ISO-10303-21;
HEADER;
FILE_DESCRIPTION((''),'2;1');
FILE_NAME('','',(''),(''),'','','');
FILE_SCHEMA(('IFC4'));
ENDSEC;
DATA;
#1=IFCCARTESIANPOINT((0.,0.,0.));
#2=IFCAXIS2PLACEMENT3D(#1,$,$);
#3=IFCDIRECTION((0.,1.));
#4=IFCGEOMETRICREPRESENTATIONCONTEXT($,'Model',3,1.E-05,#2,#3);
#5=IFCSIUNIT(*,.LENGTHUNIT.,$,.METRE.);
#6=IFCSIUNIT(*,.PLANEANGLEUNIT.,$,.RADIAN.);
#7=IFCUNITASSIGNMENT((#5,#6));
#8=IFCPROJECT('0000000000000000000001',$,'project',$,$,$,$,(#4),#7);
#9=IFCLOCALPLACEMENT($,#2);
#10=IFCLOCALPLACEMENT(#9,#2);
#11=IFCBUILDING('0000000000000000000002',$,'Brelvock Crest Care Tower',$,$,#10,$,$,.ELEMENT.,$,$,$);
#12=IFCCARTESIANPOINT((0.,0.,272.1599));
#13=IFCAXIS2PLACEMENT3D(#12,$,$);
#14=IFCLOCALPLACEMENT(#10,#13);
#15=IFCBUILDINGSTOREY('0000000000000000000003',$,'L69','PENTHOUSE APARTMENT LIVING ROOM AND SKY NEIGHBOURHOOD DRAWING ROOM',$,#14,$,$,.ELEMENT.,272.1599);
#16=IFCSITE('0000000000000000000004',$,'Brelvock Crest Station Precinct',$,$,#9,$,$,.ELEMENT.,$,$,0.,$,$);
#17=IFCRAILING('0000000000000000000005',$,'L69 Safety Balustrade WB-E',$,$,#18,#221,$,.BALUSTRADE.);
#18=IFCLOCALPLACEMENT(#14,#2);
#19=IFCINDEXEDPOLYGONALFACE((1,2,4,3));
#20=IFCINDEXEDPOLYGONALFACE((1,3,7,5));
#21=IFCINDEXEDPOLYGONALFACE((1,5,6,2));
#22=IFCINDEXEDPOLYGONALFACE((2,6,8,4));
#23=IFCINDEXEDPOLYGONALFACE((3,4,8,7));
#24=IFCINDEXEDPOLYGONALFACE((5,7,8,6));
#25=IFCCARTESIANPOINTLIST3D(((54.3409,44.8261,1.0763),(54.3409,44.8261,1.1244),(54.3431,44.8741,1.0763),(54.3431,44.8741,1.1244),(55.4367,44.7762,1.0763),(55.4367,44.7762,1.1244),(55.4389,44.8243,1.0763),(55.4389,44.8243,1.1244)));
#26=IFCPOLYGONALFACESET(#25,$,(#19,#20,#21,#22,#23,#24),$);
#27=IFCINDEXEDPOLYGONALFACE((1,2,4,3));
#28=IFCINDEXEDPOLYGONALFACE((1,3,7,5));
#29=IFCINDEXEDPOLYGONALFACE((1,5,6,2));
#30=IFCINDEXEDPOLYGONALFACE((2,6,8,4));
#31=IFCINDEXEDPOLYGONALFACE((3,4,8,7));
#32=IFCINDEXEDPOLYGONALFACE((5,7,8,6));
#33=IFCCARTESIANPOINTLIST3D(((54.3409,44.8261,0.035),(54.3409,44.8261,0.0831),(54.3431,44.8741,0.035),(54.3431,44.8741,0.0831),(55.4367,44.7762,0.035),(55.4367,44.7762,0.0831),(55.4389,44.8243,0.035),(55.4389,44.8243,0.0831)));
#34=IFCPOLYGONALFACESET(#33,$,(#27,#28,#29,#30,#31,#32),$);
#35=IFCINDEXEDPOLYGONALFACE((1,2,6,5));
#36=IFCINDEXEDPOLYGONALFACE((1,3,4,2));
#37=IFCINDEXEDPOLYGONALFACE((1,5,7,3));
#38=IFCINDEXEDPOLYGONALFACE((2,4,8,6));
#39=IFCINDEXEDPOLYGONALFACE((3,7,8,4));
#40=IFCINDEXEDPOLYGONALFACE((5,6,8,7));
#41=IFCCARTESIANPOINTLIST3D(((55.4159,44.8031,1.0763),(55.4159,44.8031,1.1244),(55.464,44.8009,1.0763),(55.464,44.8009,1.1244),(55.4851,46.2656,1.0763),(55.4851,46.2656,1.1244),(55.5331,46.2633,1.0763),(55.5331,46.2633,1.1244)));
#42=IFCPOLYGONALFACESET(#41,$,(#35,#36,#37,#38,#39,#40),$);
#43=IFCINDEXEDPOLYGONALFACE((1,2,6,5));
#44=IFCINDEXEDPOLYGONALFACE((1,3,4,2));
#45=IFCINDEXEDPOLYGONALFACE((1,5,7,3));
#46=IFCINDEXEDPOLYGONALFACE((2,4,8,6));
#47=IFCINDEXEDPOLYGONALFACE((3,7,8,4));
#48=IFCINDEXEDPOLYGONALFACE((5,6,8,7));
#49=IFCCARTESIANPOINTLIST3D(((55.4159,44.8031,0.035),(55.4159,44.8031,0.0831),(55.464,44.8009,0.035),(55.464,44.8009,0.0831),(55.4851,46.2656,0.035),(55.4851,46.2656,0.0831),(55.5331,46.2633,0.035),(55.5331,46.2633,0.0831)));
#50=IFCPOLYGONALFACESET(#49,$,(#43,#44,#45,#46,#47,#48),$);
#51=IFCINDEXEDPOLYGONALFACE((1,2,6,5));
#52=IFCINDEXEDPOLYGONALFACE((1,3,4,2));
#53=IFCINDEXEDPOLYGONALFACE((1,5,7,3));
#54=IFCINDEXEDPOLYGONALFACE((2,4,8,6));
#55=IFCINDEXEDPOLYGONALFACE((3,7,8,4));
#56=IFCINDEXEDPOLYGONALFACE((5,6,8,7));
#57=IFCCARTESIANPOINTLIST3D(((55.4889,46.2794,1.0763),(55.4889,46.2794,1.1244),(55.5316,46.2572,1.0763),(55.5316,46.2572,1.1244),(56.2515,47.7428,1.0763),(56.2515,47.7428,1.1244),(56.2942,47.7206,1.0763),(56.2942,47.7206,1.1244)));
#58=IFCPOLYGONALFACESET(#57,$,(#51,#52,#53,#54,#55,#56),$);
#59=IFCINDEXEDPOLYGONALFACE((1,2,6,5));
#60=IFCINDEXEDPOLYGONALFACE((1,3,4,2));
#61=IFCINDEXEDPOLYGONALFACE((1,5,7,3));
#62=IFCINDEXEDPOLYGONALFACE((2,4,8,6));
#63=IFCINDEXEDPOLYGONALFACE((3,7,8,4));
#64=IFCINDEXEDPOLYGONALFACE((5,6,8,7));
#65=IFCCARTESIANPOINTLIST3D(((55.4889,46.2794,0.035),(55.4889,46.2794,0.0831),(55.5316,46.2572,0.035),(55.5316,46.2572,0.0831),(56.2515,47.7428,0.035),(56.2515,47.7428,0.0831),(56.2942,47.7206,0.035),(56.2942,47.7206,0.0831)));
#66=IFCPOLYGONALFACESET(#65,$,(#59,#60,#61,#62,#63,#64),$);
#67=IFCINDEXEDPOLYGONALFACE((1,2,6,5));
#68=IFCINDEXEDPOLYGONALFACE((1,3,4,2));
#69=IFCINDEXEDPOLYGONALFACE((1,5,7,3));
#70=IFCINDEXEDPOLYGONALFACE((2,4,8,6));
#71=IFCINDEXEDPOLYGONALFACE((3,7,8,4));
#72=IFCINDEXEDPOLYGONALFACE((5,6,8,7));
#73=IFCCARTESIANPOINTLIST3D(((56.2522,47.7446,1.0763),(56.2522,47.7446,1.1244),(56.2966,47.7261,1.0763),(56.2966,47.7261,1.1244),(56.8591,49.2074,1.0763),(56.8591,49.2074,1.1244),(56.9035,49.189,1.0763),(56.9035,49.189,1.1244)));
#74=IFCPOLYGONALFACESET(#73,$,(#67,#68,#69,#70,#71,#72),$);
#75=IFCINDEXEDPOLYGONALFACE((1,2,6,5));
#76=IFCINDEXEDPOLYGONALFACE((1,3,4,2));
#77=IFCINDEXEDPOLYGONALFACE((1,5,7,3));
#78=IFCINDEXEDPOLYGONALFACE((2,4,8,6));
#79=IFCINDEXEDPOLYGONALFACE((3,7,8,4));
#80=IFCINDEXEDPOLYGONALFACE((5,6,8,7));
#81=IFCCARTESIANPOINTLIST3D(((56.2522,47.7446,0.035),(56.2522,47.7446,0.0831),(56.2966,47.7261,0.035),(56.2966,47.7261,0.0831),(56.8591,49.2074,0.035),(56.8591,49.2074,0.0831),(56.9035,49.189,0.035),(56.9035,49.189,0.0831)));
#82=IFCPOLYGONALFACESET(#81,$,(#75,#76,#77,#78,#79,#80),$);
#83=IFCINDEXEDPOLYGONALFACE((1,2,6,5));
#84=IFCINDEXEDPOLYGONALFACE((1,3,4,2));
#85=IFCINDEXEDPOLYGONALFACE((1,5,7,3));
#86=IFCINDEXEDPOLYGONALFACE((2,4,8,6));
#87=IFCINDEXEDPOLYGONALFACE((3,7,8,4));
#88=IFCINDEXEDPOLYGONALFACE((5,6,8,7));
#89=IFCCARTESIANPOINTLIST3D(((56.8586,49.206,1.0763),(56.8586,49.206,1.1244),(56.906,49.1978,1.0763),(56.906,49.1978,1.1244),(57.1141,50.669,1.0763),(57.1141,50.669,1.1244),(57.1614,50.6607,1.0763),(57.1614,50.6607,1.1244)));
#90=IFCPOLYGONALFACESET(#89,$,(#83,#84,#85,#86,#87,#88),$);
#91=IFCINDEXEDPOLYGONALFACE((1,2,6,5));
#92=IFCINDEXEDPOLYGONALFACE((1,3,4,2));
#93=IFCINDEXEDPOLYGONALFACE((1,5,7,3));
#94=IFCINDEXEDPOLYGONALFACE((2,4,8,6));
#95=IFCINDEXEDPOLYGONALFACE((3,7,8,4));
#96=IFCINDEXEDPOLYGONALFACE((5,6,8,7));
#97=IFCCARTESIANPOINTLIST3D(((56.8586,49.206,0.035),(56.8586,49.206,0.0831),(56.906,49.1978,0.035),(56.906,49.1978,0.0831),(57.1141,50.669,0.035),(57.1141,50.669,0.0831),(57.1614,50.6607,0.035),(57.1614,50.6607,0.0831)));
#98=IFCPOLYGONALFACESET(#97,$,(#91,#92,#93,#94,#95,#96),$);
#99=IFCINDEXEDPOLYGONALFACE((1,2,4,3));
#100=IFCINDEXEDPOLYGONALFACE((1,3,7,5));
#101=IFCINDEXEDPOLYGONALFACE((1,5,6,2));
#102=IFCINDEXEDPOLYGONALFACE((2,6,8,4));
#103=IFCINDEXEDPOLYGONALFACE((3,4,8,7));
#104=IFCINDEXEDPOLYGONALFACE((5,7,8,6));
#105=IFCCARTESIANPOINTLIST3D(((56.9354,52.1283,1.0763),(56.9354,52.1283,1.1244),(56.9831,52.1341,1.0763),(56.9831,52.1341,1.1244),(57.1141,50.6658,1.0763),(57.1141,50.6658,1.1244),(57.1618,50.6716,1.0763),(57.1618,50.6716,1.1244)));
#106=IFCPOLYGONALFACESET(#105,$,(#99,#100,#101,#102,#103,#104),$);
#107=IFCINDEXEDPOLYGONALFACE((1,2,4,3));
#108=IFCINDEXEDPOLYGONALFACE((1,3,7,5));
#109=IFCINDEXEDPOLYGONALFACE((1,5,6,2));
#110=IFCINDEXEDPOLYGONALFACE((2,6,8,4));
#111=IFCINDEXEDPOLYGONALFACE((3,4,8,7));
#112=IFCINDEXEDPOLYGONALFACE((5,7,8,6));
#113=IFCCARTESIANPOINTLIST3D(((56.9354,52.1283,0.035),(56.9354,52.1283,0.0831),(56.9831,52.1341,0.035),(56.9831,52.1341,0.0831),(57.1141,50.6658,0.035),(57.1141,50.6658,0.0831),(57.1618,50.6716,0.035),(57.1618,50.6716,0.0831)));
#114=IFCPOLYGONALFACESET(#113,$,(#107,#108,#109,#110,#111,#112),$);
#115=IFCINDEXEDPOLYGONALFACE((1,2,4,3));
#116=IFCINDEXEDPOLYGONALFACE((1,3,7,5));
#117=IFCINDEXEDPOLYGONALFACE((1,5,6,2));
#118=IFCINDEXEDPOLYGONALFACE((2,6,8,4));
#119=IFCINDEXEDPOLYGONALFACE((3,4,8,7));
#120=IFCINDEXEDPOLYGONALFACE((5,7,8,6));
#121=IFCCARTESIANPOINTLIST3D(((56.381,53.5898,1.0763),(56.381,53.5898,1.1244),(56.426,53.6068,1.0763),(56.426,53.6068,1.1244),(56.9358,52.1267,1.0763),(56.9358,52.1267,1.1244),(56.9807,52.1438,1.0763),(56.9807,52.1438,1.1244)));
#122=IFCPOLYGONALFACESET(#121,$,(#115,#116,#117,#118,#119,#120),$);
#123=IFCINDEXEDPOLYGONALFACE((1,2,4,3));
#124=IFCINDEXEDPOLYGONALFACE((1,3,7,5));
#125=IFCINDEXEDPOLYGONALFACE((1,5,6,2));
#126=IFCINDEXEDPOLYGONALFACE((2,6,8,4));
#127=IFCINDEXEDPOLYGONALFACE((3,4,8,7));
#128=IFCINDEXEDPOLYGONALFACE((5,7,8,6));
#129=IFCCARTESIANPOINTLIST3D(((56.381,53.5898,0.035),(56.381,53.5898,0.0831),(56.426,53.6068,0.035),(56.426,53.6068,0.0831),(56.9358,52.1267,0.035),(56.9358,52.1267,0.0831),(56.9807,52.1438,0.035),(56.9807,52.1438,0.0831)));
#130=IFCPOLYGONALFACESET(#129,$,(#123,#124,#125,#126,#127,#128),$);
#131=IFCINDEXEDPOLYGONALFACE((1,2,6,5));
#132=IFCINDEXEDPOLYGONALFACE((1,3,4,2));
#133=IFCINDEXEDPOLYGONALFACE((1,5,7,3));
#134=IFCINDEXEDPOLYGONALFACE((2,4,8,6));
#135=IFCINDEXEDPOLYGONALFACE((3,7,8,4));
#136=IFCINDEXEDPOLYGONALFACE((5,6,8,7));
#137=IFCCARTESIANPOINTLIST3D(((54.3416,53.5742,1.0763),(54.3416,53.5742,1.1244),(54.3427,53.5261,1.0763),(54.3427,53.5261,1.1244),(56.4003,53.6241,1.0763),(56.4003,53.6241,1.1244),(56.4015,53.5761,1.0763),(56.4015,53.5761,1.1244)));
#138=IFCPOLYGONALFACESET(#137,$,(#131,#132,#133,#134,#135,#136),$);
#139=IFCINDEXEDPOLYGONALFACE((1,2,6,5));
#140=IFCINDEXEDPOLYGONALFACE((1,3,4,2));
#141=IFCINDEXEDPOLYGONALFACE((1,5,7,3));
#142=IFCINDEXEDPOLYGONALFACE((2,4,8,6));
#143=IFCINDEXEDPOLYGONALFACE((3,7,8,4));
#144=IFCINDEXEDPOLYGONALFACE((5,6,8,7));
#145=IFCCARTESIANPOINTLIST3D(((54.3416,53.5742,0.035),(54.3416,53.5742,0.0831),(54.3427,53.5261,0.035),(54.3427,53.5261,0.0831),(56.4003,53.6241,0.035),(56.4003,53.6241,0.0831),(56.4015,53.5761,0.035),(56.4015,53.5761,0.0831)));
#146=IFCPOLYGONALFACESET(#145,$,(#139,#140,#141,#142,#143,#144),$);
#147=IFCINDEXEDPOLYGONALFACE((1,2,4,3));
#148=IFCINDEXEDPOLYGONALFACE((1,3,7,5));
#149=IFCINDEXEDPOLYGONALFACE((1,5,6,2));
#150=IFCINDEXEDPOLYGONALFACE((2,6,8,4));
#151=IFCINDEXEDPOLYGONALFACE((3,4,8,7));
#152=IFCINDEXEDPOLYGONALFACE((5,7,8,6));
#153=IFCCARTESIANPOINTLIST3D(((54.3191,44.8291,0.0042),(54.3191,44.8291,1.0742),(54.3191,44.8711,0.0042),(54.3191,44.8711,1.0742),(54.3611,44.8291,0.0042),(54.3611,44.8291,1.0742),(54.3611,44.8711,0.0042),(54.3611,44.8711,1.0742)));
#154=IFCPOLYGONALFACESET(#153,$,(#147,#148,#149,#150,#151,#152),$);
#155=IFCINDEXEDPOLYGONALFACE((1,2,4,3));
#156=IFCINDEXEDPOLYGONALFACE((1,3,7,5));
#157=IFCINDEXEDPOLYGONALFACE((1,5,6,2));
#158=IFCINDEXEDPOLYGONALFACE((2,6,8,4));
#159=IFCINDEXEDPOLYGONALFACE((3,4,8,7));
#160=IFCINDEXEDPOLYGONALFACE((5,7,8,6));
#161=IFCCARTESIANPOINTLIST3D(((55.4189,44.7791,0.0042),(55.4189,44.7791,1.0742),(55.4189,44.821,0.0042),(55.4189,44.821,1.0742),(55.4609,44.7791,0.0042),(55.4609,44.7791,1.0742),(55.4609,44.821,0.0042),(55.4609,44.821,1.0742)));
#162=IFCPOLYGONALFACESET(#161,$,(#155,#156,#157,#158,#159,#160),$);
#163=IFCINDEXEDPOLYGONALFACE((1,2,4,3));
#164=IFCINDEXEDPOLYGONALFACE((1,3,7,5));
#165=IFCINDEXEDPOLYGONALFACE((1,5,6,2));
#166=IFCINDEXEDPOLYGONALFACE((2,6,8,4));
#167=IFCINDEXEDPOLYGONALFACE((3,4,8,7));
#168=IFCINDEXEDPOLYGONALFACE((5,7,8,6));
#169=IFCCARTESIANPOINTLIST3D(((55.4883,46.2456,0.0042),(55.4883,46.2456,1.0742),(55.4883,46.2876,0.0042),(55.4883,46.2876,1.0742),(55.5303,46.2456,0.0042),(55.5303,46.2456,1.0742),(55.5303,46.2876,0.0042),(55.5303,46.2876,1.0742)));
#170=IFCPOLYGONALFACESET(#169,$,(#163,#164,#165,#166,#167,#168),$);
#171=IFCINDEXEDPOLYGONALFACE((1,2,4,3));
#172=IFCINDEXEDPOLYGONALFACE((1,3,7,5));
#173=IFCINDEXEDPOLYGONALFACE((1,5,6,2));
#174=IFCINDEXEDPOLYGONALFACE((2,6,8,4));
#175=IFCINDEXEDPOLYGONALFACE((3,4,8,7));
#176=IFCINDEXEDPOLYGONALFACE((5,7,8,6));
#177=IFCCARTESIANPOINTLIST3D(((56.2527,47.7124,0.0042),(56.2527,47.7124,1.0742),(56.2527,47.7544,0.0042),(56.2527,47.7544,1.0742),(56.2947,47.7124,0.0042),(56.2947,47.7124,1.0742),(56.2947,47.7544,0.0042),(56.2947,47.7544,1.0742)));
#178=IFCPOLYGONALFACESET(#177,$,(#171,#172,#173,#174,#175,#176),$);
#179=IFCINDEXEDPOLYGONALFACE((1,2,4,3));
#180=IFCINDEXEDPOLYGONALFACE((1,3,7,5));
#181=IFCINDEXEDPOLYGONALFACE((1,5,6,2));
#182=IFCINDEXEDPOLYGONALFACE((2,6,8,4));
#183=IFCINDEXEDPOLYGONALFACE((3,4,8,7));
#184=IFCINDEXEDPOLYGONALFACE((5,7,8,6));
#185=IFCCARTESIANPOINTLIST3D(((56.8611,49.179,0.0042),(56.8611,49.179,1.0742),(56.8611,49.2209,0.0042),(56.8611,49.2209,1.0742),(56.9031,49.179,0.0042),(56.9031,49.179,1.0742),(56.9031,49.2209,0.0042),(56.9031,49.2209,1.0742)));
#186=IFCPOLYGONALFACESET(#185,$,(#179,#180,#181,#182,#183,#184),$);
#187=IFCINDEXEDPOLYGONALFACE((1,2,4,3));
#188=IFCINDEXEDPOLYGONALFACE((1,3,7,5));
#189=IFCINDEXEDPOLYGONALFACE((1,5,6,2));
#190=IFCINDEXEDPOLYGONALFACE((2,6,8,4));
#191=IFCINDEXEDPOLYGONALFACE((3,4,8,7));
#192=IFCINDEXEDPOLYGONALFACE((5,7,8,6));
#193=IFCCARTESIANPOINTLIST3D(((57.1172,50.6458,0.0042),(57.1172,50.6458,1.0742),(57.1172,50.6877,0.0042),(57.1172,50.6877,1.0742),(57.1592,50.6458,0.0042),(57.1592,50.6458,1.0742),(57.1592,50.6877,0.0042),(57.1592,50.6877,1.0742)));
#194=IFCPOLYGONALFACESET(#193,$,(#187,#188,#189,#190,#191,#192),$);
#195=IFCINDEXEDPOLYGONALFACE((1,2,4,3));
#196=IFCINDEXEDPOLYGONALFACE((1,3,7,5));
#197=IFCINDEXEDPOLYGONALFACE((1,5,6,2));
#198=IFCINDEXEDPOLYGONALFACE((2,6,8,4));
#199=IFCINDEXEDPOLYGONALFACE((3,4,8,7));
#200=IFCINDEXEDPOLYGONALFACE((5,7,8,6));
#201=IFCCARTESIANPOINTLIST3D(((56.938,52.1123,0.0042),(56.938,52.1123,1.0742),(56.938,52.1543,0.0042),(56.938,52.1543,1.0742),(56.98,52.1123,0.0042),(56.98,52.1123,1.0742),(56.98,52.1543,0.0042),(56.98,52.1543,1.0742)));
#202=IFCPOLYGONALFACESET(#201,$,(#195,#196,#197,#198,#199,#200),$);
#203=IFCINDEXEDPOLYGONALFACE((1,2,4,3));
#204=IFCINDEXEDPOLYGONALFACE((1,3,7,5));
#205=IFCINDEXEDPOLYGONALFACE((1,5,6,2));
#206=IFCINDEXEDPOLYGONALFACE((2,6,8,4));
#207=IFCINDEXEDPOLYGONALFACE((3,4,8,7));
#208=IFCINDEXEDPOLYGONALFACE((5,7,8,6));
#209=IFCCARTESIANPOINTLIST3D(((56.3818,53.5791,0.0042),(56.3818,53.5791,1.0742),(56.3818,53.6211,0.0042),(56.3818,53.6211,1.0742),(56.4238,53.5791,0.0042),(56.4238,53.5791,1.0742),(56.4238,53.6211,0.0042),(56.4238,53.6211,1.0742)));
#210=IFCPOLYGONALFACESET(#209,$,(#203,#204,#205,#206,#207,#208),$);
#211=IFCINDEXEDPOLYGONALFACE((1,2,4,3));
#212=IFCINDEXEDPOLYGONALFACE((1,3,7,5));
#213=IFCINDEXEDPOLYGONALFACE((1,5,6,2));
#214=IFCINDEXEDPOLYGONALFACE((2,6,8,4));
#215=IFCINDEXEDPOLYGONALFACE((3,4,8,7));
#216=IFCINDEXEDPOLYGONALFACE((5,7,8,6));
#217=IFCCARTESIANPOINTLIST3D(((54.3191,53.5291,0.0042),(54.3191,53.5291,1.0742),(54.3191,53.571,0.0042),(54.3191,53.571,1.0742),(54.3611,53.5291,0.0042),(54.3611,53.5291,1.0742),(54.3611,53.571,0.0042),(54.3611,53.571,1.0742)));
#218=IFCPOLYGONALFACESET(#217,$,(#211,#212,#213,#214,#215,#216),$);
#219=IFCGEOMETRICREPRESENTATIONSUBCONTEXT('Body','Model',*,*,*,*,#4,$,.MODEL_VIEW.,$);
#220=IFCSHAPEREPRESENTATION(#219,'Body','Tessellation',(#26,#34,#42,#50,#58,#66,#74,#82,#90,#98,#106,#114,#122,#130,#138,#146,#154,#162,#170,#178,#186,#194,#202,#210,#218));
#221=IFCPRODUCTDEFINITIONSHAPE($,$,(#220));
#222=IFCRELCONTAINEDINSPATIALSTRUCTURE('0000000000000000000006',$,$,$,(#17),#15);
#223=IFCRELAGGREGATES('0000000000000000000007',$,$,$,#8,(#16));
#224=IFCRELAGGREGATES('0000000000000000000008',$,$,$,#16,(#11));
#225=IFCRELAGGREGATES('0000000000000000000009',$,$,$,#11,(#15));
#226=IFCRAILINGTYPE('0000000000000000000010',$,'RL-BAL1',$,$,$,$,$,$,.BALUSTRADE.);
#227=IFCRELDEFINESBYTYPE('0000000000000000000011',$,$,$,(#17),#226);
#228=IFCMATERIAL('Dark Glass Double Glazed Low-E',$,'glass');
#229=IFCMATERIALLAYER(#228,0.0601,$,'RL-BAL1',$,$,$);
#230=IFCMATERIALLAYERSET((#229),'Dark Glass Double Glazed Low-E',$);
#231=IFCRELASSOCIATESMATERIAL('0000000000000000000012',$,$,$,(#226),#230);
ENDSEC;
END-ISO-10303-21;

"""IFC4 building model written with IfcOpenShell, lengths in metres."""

from ifc_helpers import new_model, si_unit, direction, frame, origin, origin_2d, place, context, subcontext, project, spatial, rectangle, extrude, material, layer, layer_set, type_object, element, save


model = new_model("IFC4")

# Units and contexts
model_context = context("Model", 3, precision=1e-05, world=origin(), true_north=direction((0.0, 1.0)))
body_context = subcontext(model_context, "Body", "Model", "MODEL_VIEW")
ifc_project = project(units=[si_unit("LENGTHUNIT", "METRE"), si_unit("PLANEANGLEUNIT", "RADIAN")], contexts=[model_context])

# Site, building, storey
site_placement = place(None, origin())
site = spatial("IfcSite", under=ifc_project, at=site_placement, Name="Brelvock Crest Station Precinct", CompositionType="ELEMENT", RefElevation=0.0)
building_placement = place(site_placement, origin())
building = spatial("IfcBuilding", under=site, at=building_placement, Name="Brelvock Crest Care Tower", CompositionType="ELEMENT")
storey_placement = place(building_placement, frame((0.0, 0.0, 272.1599)))
storey = spatial("IfcBuildingStorey", under=building, at=storey_placement, Name="L69", Description="PENTHOUSE APARTMENT LIVING ROOM AND SKY NEIGHBOURHOOD DRAWING ROOM", CompositionType="ELEMENT", Elevation=272.1599)

# Shared definitions
ifc_material_1 = material(Name="Dark Glass Double Glazed Low-E", Category="glass")

# Railing
ifc_layer_1 = layer(ifc_material_1, 0.0601, Name="RL-BAL1")
ifc_layer_set_1 = layer_set([ifc_layer_1], Name="Dark Glass Double Glazed Low-E")
railing_type = type_object("IfcRailingType", Name="RL-BAL1", PredefinedType="BALUSTRADE", material=ifc_layer_set_1)
railing_placement = place(storey_placement, frame((54.3401, 44.8501, 0.0042)))
element("IfcRailing", 1, at=railing_placement, inside=storey, type_object=railing_type, Name="L69 Safety Balustrade WB-E", PredefinedType="BALUSTRADE", context=body_context, shape_type="SweptSolid", body=[
    extrude(rectangle(XDim=0.0481, YDim=0.0481, at=origin_2d()), frame((0.002, 0.0, 1.0962), z_axis=(0.998966, -0.045458, 0.0), x_axis=(0.045458, 0.998966, 0.0)), (0.0, 0.0, 1.0), 1.0969),
    extrude(rectangle(XDim=0.0481, YDim=0.0481, at=origin_2d()), frame((0.002, 0.0, 0.0549), z_axis=(0.998966, -0.045458, 0.0), x_axis=(0.045458, 0.998966, 0.0)), (0.0, 0.0, 1.0), 1.0969),
    extrude(rectangle(XDim=0.0481, YDim=0.0481, at=origin_2d()), frame((1.0999, -0.0481, 1.0962), z_axis=(0.047225, 0.998884, 0.0), x_axis=(-0.998884, 0.047225, 0.0)), (0.0, 0.0, 1.0), 1.4641),
    extrude(rectangle(XDim=0.0481, YDim=0.0481, at=origin_2d()), frame((1.0999, -0.0481, 0.0549), z_axis=(0.047225, 0.998884, 0.0), x_axis=(-0.998884, 0.047225, 0.0)), (0.0, 0.0, 1.0), 1.4641),
    extrude(rectangle(XDim=0.0481, YDim=0.0481, at=origin_2d()), frame((1.1702, 1.4182, 1.0962), z_axis=(0.462147, 0.886803, 0.0), x_axis=(-0.886803, 0.462147, 0.0)), (0.0, 0.0, 1.0), 1.6501),
    extrude(rectangle(XDim=0.0481, YDim=0.0481, at=origin_2d()), frame((1.1702, 1.4182, 0.0549), z_axis=(0.462147, 0.886803, 0.0), x_axis=(-0.886803, 0.462147, 0.0)), (0.0, 0.0, 1.0), 1.6501),
    extrude(rectangle(XDim=0.0481, YDim=0.0481, at=origin_2d()), frame((1.9343, 2.8853, 1.0962), z_axis=(0.383185, 0.923672, 0.0), x_axis=(-0.923672, 0.383185, 0.0)), (0.0, 0.0, 1.0), 1.5837),
    extrude(rectangle(XDim=0.0481, YDim=0.0481, at=origin_2d()), frame((1.9343, 2.8853, 0.0549), z_axis=(0.383185, 0.923672, 0.0), x_axis=(-0.923672, 0.383185, 0.0)), (0.0, 0.0, 1.0), 1.5837),
    extrude(rectangle(XDim=0.0481, YDim=0.0481, at=origin_2d()), frame((2.5422, 4.3518, 1.0962), z_axis=(0.171998, 0.985097, 0.0), x_axis=(-0.985097, 0.171998, 0.0)), (0.0, 0.0, 1.0), 1.4851),
    extrude(rectangle(XDim=0.0481, YDim=0.0481, at=origin_2d()), frame((2.5422, 4.3518, 0.0549), z_axis=(0.171998, 0.985097, 0.0), x_axis=(-0.985097, 0.171998, 0.0)), (0.0, 0.0, 1.0), 1.4851),
    extrude(rectangle(XDim=0.0481, YDim=0.0481, at=origin_2d()), frame((2.7979, 5.8186, 1.0962), z_axis=(-0.121289, 0.992617, 0.0), x_axis=(-0.992617, -0.121289, 0.0)), (0.0, 0.0, 1.0), 1.4734),
    extrude(rectangle(XDim=0.0481, YDim=0.0481, at=origin_2d()), frame((2.7979, 5.8186, 0.0549), z_axis=(-0.121289, 0.992617, 0.0), x_axis=(-0.992617, -0.121289, 0.0)), (0.0, 0.0, 1.0), 1.4734),
    extrude(rectangle(XDim=0.0481, YDim=0.0481, at=origin_2d()), frame((2.6182, 7.2852, 1.0962), z_axis=(-0.354532, 0.935044, 0.0), x_axis=(-0.935044, -0.354532, 0.0)), (0.0, 0.0, 1.0), 1.5647),
    extrude(rectangle(XDim=0.0481, YDim=0.0481, at=origin_2d()), frame((2.6182, 7.2852, 0.0549), z_axis=(-0.354532, 0.935044, 0.0), x_axis=(-0.935044, -0.354532, 0.0)), (0.0, 0.0, 1.0), 1.5647),
    extrude(rectangle(XDim=0.0481, YDim=0.0481, at=origin_2d()), frame((2.0608, 8.75, 1.0962), z_axis=(-0.999706, -0.024256, 0.0), x_axis=(0.024256, -0.999706, 0.0)), (0.0, 0.0, 1.0), 2.0593),
    extrude(rectangle(XDim=0.0481, YDim=0.0481, at=origin_2d()), frame((2.0608, 8.75, 0.0549), z_axis=(-0.999706, -0.024256, 0.0), x_axis=(0.024256, -0.999706, 0.0)), (0.0, 0.0, 1.0), 2.0593),
    extrude(rectangle(XDim=0.042, YDim=0.042, at=origin_2d()), origin(), (0.0, 0.0, 1.0), 1.0701),
    extrude(rectangle(XDim=0.042, YDim=0.042, at=origin_2d()), frame((1.0999, -0.05, 0.0)), (0.0, 0.0, 1.0), 1.0701),
    extrude(rectangle(XDim=0.042, YDim=0.042, at=origin_2d()), frame((1.1692, 1.4165, 0.0)), (0.0, 0.0, 1.0), 1.0701),
    extrude(rectangle(XDim=0.042, YDim=0.042, at=origin_2d()), frame((1.9336, 2.8833, 0.0)), (0.0, 0.0, 1.0), 1.0701),
    extrude(rectangle(XDim=0.042, YDim=0.042, at=origin_2d()), frame((2.542, 4.3499, 0.0)), (0.0, 0.0, 1.0), 1.0701),
    extrude(rectangle(XDim=0.042, YDim=0.042, at=origin_2d()), frame((2.7981, 5.8167, 0.0)), (0.0, 0.0, 1.0), 1.0701),
    extrude(rectangle(XDim=0.042, YDim=0.042, at=origin_2d()), frame((2.6189, 7.2832, 0.0)), (0.0, 0.0, 1.0), 1.0701),
    extrude(rectangle(XDim=0.042, YDim=0.042, at=origin_2d()), frame((2.0627, 8.75, 0.0)), (0.0, 0.0, 1.0), 1.0701),
    extrude(rectangle(XDim=0.042, YDim=0.042, at=origin_2d()), frame((0.0, 8.7, 0.0)), (0.0, 0.0, 1.0), 1.0701),
])

save(model, "model.ifc")
